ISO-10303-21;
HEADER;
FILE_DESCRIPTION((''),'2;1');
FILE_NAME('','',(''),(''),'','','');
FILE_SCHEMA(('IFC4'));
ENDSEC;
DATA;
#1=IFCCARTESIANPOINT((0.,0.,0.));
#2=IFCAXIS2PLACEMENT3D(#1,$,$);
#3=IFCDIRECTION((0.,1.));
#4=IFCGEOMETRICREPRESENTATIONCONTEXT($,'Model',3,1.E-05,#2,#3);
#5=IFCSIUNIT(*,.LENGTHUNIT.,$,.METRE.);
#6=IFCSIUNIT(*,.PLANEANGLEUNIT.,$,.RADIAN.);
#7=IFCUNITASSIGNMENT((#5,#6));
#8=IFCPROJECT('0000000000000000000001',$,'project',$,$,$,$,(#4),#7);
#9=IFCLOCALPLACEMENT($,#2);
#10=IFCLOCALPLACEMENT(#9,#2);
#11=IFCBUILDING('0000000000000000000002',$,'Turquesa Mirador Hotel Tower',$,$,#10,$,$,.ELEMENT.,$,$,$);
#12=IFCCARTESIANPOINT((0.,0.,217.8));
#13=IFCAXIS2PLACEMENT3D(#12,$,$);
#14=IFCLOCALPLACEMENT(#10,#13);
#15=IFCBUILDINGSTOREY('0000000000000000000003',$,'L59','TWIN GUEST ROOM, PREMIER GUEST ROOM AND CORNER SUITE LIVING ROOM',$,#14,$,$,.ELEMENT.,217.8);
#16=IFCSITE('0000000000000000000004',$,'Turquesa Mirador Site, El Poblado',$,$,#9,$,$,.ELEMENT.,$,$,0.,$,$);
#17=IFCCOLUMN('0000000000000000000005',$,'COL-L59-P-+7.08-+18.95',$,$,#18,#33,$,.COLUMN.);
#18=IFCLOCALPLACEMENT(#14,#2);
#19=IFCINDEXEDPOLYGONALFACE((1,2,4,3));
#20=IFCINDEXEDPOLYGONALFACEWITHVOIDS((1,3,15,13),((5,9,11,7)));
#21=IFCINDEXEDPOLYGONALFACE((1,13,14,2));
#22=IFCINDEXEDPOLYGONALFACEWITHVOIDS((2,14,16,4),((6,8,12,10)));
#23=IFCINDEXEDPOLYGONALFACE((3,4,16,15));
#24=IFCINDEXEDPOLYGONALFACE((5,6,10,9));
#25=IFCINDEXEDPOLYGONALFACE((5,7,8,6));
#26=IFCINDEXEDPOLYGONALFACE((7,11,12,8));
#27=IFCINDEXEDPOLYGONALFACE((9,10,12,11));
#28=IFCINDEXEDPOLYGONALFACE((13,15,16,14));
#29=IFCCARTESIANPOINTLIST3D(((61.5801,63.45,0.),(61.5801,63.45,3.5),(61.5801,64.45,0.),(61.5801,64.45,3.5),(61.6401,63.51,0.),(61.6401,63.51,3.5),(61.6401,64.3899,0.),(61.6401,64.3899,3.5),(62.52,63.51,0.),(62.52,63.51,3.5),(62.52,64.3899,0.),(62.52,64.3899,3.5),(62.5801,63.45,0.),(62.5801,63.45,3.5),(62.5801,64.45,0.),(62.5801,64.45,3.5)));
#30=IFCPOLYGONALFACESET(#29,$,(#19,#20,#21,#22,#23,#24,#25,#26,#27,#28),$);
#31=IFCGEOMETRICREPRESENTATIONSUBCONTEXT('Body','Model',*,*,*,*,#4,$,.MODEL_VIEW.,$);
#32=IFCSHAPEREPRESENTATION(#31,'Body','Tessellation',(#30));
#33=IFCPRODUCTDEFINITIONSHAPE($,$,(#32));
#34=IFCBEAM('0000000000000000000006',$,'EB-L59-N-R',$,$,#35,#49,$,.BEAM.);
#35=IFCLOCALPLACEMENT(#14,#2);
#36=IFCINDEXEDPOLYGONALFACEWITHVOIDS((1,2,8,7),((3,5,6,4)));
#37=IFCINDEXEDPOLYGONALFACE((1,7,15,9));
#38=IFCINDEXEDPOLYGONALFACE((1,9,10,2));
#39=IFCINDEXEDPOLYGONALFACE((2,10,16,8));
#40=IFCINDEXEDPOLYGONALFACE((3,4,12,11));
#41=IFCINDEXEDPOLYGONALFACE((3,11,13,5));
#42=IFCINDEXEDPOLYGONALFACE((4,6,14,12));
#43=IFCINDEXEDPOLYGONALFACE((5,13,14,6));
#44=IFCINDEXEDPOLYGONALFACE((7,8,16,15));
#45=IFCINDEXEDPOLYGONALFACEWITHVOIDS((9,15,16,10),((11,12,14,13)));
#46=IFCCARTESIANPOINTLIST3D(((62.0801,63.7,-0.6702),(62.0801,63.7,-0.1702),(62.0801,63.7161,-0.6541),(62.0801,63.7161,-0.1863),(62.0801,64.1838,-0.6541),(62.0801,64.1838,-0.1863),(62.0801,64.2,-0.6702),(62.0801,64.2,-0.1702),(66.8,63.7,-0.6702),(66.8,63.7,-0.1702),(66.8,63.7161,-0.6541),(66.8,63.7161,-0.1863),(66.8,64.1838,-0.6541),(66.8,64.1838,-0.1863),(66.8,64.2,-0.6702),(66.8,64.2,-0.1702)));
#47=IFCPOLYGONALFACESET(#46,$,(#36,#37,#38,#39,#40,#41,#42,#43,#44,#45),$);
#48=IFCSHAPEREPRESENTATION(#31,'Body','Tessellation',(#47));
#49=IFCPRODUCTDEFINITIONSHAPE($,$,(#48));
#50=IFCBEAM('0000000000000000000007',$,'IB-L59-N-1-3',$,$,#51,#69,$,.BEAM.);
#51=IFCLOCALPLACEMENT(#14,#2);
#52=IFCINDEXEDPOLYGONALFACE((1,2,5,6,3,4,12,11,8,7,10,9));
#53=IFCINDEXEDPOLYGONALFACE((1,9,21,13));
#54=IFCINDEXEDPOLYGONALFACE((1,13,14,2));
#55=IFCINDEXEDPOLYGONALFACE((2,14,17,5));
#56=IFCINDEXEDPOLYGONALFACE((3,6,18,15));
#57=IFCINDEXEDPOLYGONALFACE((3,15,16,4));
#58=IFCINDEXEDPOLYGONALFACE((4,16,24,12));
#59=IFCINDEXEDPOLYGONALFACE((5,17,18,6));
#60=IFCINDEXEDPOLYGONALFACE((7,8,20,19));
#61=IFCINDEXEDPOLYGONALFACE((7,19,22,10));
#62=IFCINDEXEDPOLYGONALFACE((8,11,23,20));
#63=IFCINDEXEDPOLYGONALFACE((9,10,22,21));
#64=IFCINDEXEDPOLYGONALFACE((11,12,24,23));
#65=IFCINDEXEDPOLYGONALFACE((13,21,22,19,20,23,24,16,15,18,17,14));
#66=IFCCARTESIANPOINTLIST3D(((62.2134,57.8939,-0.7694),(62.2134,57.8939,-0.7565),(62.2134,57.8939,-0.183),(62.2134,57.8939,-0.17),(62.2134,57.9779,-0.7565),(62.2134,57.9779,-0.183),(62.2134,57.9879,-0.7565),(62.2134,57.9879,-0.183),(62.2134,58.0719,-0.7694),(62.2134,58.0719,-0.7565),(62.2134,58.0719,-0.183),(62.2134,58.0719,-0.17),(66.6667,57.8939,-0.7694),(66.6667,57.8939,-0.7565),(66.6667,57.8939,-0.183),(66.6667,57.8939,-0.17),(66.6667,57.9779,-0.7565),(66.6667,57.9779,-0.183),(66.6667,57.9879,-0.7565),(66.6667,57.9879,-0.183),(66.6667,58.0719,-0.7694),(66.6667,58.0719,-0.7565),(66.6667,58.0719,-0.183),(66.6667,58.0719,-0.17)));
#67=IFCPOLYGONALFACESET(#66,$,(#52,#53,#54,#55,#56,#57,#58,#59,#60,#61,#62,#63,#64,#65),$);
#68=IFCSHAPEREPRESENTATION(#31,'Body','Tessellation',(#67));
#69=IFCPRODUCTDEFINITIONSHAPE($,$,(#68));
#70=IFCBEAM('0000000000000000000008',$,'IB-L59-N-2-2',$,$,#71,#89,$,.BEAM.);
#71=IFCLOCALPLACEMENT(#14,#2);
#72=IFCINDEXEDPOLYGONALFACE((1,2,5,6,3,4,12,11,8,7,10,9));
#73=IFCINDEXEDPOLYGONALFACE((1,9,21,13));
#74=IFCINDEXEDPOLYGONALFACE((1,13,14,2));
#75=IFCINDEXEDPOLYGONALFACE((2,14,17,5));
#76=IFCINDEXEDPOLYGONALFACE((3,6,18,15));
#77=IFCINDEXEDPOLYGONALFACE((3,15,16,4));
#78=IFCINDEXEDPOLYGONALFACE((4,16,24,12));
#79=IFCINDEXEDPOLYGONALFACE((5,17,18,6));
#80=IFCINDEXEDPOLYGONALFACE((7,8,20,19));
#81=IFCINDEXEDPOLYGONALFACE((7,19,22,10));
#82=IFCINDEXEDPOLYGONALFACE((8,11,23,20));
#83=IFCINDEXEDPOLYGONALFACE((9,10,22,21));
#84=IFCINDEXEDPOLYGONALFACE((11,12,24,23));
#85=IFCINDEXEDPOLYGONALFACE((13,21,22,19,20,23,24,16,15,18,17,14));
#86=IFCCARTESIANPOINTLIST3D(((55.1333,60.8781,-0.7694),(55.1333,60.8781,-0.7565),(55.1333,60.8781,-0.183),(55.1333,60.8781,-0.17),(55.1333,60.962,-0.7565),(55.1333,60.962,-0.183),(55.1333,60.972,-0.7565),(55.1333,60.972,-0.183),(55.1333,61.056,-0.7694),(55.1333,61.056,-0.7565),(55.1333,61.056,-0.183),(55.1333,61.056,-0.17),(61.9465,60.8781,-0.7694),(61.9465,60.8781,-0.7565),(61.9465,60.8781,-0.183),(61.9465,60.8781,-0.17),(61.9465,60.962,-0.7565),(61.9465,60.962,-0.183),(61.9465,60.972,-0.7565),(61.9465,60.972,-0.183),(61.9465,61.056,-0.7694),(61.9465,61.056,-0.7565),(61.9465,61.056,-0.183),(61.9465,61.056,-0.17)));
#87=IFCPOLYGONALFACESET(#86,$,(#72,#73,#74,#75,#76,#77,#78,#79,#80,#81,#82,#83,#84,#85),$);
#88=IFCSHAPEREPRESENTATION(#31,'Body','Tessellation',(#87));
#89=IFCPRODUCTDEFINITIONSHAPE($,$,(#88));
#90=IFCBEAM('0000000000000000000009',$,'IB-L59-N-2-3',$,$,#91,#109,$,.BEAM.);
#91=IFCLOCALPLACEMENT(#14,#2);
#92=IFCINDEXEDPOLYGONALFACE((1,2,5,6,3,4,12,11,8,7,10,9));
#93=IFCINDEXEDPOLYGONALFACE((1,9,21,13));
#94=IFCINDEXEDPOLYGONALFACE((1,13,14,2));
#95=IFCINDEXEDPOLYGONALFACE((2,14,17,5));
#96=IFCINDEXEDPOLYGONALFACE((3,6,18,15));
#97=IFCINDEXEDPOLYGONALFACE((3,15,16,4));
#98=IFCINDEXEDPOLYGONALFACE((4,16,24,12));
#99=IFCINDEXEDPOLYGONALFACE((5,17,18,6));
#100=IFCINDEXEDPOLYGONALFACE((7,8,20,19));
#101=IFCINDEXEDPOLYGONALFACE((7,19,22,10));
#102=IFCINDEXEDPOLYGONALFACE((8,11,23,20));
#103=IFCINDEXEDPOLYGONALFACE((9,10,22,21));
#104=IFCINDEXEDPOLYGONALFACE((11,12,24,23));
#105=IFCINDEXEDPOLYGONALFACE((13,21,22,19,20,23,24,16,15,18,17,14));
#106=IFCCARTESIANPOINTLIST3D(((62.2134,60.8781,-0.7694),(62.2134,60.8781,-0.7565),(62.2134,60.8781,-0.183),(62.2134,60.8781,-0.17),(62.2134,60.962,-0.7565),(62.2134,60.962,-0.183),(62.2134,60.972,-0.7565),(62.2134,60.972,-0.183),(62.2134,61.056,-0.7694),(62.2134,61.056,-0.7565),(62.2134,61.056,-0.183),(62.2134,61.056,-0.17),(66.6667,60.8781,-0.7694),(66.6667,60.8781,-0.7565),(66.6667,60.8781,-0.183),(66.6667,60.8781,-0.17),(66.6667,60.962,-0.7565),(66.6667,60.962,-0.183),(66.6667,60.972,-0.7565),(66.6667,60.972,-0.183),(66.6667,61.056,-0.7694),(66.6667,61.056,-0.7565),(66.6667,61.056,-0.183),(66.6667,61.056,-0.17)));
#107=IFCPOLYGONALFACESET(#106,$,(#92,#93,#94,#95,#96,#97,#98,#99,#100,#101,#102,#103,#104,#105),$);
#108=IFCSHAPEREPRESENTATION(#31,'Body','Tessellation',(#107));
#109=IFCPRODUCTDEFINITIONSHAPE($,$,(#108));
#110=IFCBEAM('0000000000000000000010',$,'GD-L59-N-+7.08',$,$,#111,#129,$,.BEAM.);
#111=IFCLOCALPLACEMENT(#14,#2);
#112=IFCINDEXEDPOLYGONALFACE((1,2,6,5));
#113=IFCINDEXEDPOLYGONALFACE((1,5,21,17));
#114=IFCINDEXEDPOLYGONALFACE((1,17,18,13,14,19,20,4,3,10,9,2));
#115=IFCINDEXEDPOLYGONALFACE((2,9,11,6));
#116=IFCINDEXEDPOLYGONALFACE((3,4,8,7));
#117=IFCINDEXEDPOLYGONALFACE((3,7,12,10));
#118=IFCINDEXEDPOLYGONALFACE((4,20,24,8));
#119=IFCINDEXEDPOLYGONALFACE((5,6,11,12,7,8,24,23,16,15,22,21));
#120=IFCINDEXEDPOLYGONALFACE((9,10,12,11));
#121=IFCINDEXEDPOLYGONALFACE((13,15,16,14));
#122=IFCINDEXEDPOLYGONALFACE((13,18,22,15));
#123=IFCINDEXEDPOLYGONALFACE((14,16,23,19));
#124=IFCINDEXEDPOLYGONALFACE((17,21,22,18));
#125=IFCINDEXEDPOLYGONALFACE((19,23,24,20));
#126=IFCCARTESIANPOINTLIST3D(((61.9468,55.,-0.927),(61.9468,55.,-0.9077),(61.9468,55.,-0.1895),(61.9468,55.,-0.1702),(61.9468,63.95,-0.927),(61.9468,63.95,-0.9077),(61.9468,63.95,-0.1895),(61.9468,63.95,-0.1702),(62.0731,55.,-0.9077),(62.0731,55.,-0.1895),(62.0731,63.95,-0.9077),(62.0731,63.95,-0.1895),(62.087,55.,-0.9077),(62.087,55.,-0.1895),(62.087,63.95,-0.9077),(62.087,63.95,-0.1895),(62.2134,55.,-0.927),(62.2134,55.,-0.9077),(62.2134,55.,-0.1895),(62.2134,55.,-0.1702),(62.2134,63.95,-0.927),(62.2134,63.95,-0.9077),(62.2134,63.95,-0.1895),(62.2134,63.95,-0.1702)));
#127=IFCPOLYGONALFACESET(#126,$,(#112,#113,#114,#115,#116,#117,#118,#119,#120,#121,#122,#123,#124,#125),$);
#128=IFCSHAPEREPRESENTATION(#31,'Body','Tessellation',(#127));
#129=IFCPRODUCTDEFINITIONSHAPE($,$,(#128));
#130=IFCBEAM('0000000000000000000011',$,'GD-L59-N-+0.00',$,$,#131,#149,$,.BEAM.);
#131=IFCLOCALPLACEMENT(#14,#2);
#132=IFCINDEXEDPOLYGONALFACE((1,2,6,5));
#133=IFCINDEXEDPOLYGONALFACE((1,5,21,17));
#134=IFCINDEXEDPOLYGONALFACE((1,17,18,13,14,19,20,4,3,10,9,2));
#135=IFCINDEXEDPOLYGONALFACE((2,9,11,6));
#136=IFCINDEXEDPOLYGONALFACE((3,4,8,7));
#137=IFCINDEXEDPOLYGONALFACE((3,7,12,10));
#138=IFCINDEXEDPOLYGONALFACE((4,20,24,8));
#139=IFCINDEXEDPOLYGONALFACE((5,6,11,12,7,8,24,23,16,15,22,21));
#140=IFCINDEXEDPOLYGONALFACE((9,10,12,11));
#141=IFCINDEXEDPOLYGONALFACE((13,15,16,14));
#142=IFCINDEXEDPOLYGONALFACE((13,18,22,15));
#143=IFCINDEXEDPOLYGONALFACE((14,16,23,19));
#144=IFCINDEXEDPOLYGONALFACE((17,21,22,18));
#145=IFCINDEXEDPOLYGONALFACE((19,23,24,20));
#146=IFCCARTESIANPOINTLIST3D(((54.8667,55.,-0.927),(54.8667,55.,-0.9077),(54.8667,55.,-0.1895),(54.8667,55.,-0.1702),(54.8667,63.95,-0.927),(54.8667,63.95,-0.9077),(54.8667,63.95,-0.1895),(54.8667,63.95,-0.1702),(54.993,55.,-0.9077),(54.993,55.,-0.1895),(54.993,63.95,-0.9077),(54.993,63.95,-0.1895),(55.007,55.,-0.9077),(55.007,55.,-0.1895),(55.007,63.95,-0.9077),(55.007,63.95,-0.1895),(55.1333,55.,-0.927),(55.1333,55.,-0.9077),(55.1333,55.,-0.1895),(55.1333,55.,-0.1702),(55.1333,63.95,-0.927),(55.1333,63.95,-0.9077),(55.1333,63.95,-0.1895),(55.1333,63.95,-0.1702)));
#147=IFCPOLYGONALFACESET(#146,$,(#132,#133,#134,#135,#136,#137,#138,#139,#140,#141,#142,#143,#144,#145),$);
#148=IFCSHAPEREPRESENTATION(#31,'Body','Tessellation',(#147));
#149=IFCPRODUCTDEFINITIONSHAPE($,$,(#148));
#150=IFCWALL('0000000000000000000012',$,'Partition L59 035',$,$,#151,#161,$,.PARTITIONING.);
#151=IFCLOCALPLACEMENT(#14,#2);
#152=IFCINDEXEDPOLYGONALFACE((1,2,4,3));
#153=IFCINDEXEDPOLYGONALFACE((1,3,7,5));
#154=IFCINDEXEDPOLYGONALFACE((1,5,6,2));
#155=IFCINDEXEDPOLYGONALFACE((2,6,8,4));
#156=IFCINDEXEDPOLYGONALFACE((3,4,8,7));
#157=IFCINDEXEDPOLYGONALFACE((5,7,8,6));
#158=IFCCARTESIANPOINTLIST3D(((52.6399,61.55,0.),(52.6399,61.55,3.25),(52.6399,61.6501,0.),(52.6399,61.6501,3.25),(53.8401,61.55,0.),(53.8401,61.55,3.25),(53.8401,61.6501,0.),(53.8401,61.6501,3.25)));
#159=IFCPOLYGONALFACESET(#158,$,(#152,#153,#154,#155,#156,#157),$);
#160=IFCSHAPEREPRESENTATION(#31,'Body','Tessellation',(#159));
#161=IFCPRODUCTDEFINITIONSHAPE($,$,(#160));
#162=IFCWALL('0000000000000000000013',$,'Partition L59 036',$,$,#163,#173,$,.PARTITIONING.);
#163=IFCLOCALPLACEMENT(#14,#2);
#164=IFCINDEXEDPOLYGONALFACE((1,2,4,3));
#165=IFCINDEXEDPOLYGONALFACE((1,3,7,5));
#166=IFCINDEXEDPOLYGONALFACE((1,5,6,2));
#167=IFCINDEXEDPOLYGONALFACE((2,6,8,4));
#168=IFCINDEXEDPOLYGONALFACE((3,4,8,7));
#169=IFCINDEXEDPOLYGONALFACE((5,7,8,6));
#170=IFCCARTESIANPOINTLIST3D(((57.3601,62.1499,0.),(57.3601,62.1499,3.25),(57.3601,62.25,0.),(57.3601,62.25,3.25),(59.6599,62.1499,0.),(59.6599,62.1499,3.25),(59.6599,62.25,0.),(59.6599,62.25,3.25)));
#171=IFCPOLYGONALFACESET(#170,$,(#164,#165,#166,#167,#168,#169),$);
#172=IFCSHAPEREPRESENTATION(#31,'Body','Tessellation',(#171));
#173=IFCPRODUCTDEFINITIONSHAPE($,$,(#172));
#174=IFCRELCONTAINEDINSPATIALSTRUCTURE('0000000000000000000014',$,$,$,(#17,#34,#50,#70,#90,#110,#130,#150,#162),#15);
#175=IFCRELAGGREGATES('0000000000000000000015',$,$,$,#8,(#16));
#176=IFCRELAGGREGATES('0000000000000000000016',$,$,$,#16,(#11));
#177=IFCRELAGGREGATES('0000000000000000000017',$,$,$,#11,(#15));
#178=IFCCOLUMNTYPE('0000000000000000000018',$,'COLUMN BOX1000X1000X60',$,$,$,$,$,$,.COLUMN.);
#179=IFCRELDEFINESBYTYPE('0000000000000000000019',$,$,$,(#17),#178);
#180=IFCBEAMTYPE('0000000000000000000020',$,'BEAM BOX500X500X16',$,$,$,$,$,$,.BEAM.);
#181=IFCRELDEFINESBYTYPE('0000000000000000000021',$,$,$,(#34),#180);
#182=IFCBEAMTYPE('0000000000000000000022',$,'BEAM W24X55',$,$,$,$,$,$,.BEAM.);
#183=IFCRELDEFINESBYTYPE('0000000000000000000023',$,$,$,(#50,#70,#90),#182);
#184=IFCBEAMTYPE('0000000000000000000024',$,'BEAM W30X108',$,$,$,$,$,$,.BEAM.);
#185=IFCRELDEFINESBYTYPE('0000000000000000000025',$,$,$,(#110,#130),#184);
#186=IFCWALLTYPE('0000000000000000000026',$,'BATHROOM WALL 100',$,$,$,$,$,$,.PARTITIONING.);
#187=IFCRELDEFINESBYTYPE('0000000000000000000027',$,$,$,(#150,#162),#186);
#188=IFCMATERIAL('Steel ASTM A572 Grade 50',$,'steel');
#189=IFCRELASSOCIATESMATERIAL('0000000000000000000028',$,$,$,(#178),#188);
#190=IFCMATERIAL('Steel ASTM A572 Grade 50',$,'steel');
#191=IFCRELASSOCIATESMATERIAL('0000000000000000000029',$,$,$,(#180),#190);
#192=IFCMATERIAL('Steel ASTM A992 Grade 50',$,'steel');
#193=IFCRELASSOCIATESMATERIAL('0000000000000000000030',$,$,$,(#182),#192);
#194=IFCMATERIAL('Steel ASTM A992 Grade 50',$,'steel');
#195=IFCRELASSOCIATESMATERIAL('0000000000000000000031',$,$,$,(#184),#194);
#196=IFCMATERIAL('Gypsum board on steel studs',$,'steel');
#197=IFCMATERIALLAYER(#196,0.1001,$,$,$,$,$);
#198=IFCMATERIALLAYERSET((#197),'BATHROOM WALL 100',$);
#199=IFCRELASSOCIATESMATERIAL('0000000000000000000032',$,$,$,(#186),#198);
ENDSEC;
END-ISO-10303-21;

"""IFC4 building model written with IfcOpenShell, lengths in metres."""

from ifc_helpers import new_model, si_unit, direction, frame, frame_2d, origin, origin_2d, place, context, subcontext, project, spatial, rectangle, hollow_rectangle, i_section, extrude, material, layer, layer_set, material_profile, profile_set, type_object, element, save


model = new_model("IFC4")

# Units and contexts
model_context = context("Model", 3, precision=1e-05, world=origin(), true_north=direction((0.0, 1.0)))
body_context = subcontext(model_context, "Body", "Model", "MODEL_VIEW")
ifc_project = project(units=[si_unit("LENGTHUNIT", "METRE"), si_unit("PLANEANGLEUNIT", "RADIAN")], contexts=[model_context])

# Site, building, storey
site_placement = place(None, origin())
site = spatial("IfcSite", under=ifc_project, at=site_placement, Name="Turquesa Mirador Site, El Poblado", CompositionType="ELEMENT", RefElevation=0.0)
building_placement = place(site_placement, origin())
building = spatial("IfcBuilding", under=site, at=building_placement, Name="Turquesa Mirador Hotel Tower", CompositionType="ELEMENT")
storey_placement = place(building_placement, frame((0.0, 0.0, 217.8)))
storey = spatial("IfcBuildingStorey", under=building, at=storey_placement, Name="L59", Description="TWIN GUEST ROOM, PREMIER GUEST ROOM AND CORNER SUITE LIVING ROOM", CompositionType="ELEMENT", Elevation=217.8)

# Column
ifc_material_1 = material(Name="Steel ASTM A572 Grade 50", Category="steel")
ifc_material_profile_1 = material_profile(ifc_material_1, hollow_rectangle(XDim=1.0, YDim=1.0, WallThickness=0.0601, at=origin_2d()), Name="BOX1000X1000X60")
ifc_profile_set_1 = profile_set([ifc_material_profile_1], Name="Steel ASTM A572 Grade 50")
column_type = type_object("IfcColumnType", Name="COLUMN BOX1000X1000X60", PredefinedType="COLUMN", material=ifc_profile_set_1)
column_placement = place(storey_placement, frame((62.0801, 63.95, 0.0), z_axis=(0.0, 0.0, 1.0), x_axis=(1.0, 0.0, 0.0)))
element("IfcColumn", 1, at=column_placement, inside=storey, type_object=column_type, Name="COL-L59-P-+7.08-+18.95", PredefinedType="COLUMN", context=body_context, shape_type="SweptSolid", body=[
    extrude(hollow_rectangle(XDim=1.0, YDim=1.0, WallThickness=0.0601, at=origin_2d()), origin(), (0.0, 0.0, 1.0), 3.5),
])

# Beams
ifc_material_2 = material(Name="Steel ASTM A572 Grade 50", Category="steel")
ifc_material_profile_2 = material_profile(ifc_material_2, hollow_rectangle(XDim=0.5, YDim=0.5, WallThickness=0.0161, at=origin_2d()), Name="BOX500X500X16")
ifc_profile_set_2 = profile_set([ifc_material_profile_2], Name="Steel ASTM A572 Grade 50")
beam_type_1 = type_object("IfcBeamType", Name="BEAM BOX500X500X16", PredefinedType="BEAM", material=ifc_profile_set_2)
beam_1_placement = place(storey_placement, frame((62.0801, 63.95, -0.4202), z_axis=(1.0, 0.0, 0.0), x_axis=(0.0, 1.0, 0.0)))
element("IfcBeam", 2, at=beam_1_placement, inside=storey, type_object=beam_type_1, Name="EB-L59-N-R", PredefinedType="BEAM", context=body_context, shape_type="SweptSolid", body=[
    extrude(hollow_rectangle(XDim=0.5, YDim=0.5, WallThickness=0.0161, at=origin_2d()), origin(), (0.0, 0.0, 1.0), 4.72),
])
ifc_material_3 = material(Name="Steel ASTM A992 Grade 50", Category="steel")
ifc_material_profile_3 = material_profile(ifc_material_3, i_section(OverallWidth=0.178, OverallDepth=0.5994, WebThickness=0.01, FlangeThickness=0.0129, at=origin_2d()), Name="W24X55")
ifc_profile_set_3 = profile_set([ifc_material_profile_3], Name="Steel ASTM A992 Grade 50")
beam_type_2 = type_object("IfcBeamType", Name="BEAM W24X55", PredefinedType="BEAM", material=ifc_profile_set_3)
beam_2_placement = place(storey_placement, frame((62.2134, 57.9829, -0.4697), z_axis=(1.0, 0.0, 0.0), x_axis=(0.0, 1.0, 0.0)))
element("IfcBeam", 3, at=beam_2_placement, inside=storey, type_object=beam_type_2, Name="IB-L59-N-1-3", PredefinedType="BEAM", context=body_context, shape_type="SweptSolid", body=[
    extrude(i_section(OverallWidth=0.178, OverallDepth=0.5994, WebThickness=0.01, FlangeThickness=0.0129, at=origin_2d()), origin(), (0.0, 0.0, 1.0), 4.4534),
])
beam_3_placement = place(storey_placement, frame((55.1333, 60.967, -0.4697), z_axis=(1.0, 0.0, 0.0), x_axis=(0.0, 1.0, 0.0)))
element("IfcBeam", 4, at=beam_3_placement, inside=storey, type_object=beam_type_2, Name="IB-L59-N-2-2", PredefinedType="BEAM", context=body_context, shape_type="SweptSolid", body=[
    extrude(i_section(OverallWidth=0.178, OverallDepth=0.5994, WebThickness=0.01, FlangeThickness=0.0129, at=origin_2d()), origin(), (0.0, 0.0, 1.0), 6.8132),
])
beam_4_placement = place(storey_placement, frame((62.2134, 60.967, -0.4697), z_axis=(1.0, 0.0, 0.0), x_axis=(0.0, 1.0, 0.0)))
element("IfcBeam", 5, at=beam_4_placement, inside=storey, type_object=beam_type_2, Name="IB-L59-N-2-3", PredefinedType="BEAM", context=body_context, shape_type="SweptSolid", body=[
    extrude(i_section(OverallWidth=0.178, OverallDepth=0.5994, WebThickness=0.01, FlangeThickness=0.0129, at=origin_2d()), origin(), (0.0, 0.0, 1.0), 4.4534),
])
ifc_material_4 = material(Name="Steel ASTM A992 Grade 50", Category="steel")
ifc_material_profile_4 = material_profile(ifc_material_4, i_section(OverallWidth=0.2666, OverallDepth=0.7568, WebThickness=0.0139, FlangeThickness=0.0193, at=origin_2d()), Name="W30X108")
ifc_profile_set_4 = profile_set([ifc_material_profile_4], Name="Steel ASTM A992 Grade 50")
beam_type_3 = type_object("IfcBeamType", Name="BEAM W30X108", PredefinedType="BEAM", material=ifc_profile_set_4)
for number, where, z_axis, x_axis, name in (
    (6, (62.0801, 63.95, -0.5486), (0.0, -1.0, 0.0), (1.0, 0.0, 0.0), "GD-L59-N-+7.08"),
    (7, (55.0, 63.95, -0.5486), (0.0, -1.0, 0.0), (1.0, 0.0, 0.0), "GD-L59-N-+0.00"),
):
    element("IfcBeam", number, at=place(storey_placement, frame(where, z_axis=z_axis, x_axis=x_axis)), inside=storey, type_object=beam_type_3, Name=name, PredefinedType="BEAM", context=body_context, shape_type="SweptSolid", body=[
        extrude(i_section(OverallWidth=0.2666, OverallDepth=0.7568, WebThickness=0.0139, FlangeThickness=0.0193, at=origin_2d()), origin(), (0.0, 0.0, 1.0), 8.95),
    ])

# Walls
ifc_material_5 = material(Name="Gypsum board on steel studs", Category="steel")
ifc_layer_1 = layer(ifc_material_5, 0.1001)
ifc_layer_set_1 = layer_set([ifc_layer_1], Name="BATHROOM WALL 100")
wall_type_1 = type_object("IfcWallType", Name="BATHROOM WALL 100", PredefinedType="PARTITIONING", material=ifc_layer_set_1)
wall_1_placement = place(storey_placement, frame((52.6399, 61.6001, 0.0), z_axis=(0.0, 0.0, 1.0), x_axis=(1.0, 0.0, 0.0)))
element("IfcWall", 8, at=wall_1_placement, inside=storey, type_object=wall_type_1, Name="Partition L59 035", PredefinedType="PARTITIONING", context=body_context, shape_type="SweptSolid", body=[
    extrude(rectangle(XDim=1.2002, YDim=0.1001, at=frame_2d((0.6001, 0.0))), origin(), (0.0, 0.0, 1.0), 3.25),
])
wall_2_placement = place(storey_placement, frame((57.3601, 62.2, 0.0), z_axis=(0.0, 0.0, 1.0), x_axis=(1.0, 0.0, 0.0)))
element("IfcWall", 9, at=wall_2_placement, inside=storey, type_object=wall_type_1, Name="Partition L59 036", PredefinedType="PARTITIONING", context=body_context, shape_type="SweptSolid", body=[
    extrude(rectangle(XDim=2.2998, YDim=0.1001, at=frame_2d((1.1499, 0.0))), origin(), (0.0, 0.0, 1.0), 3.25),
])

save(model, "model.ifc")
